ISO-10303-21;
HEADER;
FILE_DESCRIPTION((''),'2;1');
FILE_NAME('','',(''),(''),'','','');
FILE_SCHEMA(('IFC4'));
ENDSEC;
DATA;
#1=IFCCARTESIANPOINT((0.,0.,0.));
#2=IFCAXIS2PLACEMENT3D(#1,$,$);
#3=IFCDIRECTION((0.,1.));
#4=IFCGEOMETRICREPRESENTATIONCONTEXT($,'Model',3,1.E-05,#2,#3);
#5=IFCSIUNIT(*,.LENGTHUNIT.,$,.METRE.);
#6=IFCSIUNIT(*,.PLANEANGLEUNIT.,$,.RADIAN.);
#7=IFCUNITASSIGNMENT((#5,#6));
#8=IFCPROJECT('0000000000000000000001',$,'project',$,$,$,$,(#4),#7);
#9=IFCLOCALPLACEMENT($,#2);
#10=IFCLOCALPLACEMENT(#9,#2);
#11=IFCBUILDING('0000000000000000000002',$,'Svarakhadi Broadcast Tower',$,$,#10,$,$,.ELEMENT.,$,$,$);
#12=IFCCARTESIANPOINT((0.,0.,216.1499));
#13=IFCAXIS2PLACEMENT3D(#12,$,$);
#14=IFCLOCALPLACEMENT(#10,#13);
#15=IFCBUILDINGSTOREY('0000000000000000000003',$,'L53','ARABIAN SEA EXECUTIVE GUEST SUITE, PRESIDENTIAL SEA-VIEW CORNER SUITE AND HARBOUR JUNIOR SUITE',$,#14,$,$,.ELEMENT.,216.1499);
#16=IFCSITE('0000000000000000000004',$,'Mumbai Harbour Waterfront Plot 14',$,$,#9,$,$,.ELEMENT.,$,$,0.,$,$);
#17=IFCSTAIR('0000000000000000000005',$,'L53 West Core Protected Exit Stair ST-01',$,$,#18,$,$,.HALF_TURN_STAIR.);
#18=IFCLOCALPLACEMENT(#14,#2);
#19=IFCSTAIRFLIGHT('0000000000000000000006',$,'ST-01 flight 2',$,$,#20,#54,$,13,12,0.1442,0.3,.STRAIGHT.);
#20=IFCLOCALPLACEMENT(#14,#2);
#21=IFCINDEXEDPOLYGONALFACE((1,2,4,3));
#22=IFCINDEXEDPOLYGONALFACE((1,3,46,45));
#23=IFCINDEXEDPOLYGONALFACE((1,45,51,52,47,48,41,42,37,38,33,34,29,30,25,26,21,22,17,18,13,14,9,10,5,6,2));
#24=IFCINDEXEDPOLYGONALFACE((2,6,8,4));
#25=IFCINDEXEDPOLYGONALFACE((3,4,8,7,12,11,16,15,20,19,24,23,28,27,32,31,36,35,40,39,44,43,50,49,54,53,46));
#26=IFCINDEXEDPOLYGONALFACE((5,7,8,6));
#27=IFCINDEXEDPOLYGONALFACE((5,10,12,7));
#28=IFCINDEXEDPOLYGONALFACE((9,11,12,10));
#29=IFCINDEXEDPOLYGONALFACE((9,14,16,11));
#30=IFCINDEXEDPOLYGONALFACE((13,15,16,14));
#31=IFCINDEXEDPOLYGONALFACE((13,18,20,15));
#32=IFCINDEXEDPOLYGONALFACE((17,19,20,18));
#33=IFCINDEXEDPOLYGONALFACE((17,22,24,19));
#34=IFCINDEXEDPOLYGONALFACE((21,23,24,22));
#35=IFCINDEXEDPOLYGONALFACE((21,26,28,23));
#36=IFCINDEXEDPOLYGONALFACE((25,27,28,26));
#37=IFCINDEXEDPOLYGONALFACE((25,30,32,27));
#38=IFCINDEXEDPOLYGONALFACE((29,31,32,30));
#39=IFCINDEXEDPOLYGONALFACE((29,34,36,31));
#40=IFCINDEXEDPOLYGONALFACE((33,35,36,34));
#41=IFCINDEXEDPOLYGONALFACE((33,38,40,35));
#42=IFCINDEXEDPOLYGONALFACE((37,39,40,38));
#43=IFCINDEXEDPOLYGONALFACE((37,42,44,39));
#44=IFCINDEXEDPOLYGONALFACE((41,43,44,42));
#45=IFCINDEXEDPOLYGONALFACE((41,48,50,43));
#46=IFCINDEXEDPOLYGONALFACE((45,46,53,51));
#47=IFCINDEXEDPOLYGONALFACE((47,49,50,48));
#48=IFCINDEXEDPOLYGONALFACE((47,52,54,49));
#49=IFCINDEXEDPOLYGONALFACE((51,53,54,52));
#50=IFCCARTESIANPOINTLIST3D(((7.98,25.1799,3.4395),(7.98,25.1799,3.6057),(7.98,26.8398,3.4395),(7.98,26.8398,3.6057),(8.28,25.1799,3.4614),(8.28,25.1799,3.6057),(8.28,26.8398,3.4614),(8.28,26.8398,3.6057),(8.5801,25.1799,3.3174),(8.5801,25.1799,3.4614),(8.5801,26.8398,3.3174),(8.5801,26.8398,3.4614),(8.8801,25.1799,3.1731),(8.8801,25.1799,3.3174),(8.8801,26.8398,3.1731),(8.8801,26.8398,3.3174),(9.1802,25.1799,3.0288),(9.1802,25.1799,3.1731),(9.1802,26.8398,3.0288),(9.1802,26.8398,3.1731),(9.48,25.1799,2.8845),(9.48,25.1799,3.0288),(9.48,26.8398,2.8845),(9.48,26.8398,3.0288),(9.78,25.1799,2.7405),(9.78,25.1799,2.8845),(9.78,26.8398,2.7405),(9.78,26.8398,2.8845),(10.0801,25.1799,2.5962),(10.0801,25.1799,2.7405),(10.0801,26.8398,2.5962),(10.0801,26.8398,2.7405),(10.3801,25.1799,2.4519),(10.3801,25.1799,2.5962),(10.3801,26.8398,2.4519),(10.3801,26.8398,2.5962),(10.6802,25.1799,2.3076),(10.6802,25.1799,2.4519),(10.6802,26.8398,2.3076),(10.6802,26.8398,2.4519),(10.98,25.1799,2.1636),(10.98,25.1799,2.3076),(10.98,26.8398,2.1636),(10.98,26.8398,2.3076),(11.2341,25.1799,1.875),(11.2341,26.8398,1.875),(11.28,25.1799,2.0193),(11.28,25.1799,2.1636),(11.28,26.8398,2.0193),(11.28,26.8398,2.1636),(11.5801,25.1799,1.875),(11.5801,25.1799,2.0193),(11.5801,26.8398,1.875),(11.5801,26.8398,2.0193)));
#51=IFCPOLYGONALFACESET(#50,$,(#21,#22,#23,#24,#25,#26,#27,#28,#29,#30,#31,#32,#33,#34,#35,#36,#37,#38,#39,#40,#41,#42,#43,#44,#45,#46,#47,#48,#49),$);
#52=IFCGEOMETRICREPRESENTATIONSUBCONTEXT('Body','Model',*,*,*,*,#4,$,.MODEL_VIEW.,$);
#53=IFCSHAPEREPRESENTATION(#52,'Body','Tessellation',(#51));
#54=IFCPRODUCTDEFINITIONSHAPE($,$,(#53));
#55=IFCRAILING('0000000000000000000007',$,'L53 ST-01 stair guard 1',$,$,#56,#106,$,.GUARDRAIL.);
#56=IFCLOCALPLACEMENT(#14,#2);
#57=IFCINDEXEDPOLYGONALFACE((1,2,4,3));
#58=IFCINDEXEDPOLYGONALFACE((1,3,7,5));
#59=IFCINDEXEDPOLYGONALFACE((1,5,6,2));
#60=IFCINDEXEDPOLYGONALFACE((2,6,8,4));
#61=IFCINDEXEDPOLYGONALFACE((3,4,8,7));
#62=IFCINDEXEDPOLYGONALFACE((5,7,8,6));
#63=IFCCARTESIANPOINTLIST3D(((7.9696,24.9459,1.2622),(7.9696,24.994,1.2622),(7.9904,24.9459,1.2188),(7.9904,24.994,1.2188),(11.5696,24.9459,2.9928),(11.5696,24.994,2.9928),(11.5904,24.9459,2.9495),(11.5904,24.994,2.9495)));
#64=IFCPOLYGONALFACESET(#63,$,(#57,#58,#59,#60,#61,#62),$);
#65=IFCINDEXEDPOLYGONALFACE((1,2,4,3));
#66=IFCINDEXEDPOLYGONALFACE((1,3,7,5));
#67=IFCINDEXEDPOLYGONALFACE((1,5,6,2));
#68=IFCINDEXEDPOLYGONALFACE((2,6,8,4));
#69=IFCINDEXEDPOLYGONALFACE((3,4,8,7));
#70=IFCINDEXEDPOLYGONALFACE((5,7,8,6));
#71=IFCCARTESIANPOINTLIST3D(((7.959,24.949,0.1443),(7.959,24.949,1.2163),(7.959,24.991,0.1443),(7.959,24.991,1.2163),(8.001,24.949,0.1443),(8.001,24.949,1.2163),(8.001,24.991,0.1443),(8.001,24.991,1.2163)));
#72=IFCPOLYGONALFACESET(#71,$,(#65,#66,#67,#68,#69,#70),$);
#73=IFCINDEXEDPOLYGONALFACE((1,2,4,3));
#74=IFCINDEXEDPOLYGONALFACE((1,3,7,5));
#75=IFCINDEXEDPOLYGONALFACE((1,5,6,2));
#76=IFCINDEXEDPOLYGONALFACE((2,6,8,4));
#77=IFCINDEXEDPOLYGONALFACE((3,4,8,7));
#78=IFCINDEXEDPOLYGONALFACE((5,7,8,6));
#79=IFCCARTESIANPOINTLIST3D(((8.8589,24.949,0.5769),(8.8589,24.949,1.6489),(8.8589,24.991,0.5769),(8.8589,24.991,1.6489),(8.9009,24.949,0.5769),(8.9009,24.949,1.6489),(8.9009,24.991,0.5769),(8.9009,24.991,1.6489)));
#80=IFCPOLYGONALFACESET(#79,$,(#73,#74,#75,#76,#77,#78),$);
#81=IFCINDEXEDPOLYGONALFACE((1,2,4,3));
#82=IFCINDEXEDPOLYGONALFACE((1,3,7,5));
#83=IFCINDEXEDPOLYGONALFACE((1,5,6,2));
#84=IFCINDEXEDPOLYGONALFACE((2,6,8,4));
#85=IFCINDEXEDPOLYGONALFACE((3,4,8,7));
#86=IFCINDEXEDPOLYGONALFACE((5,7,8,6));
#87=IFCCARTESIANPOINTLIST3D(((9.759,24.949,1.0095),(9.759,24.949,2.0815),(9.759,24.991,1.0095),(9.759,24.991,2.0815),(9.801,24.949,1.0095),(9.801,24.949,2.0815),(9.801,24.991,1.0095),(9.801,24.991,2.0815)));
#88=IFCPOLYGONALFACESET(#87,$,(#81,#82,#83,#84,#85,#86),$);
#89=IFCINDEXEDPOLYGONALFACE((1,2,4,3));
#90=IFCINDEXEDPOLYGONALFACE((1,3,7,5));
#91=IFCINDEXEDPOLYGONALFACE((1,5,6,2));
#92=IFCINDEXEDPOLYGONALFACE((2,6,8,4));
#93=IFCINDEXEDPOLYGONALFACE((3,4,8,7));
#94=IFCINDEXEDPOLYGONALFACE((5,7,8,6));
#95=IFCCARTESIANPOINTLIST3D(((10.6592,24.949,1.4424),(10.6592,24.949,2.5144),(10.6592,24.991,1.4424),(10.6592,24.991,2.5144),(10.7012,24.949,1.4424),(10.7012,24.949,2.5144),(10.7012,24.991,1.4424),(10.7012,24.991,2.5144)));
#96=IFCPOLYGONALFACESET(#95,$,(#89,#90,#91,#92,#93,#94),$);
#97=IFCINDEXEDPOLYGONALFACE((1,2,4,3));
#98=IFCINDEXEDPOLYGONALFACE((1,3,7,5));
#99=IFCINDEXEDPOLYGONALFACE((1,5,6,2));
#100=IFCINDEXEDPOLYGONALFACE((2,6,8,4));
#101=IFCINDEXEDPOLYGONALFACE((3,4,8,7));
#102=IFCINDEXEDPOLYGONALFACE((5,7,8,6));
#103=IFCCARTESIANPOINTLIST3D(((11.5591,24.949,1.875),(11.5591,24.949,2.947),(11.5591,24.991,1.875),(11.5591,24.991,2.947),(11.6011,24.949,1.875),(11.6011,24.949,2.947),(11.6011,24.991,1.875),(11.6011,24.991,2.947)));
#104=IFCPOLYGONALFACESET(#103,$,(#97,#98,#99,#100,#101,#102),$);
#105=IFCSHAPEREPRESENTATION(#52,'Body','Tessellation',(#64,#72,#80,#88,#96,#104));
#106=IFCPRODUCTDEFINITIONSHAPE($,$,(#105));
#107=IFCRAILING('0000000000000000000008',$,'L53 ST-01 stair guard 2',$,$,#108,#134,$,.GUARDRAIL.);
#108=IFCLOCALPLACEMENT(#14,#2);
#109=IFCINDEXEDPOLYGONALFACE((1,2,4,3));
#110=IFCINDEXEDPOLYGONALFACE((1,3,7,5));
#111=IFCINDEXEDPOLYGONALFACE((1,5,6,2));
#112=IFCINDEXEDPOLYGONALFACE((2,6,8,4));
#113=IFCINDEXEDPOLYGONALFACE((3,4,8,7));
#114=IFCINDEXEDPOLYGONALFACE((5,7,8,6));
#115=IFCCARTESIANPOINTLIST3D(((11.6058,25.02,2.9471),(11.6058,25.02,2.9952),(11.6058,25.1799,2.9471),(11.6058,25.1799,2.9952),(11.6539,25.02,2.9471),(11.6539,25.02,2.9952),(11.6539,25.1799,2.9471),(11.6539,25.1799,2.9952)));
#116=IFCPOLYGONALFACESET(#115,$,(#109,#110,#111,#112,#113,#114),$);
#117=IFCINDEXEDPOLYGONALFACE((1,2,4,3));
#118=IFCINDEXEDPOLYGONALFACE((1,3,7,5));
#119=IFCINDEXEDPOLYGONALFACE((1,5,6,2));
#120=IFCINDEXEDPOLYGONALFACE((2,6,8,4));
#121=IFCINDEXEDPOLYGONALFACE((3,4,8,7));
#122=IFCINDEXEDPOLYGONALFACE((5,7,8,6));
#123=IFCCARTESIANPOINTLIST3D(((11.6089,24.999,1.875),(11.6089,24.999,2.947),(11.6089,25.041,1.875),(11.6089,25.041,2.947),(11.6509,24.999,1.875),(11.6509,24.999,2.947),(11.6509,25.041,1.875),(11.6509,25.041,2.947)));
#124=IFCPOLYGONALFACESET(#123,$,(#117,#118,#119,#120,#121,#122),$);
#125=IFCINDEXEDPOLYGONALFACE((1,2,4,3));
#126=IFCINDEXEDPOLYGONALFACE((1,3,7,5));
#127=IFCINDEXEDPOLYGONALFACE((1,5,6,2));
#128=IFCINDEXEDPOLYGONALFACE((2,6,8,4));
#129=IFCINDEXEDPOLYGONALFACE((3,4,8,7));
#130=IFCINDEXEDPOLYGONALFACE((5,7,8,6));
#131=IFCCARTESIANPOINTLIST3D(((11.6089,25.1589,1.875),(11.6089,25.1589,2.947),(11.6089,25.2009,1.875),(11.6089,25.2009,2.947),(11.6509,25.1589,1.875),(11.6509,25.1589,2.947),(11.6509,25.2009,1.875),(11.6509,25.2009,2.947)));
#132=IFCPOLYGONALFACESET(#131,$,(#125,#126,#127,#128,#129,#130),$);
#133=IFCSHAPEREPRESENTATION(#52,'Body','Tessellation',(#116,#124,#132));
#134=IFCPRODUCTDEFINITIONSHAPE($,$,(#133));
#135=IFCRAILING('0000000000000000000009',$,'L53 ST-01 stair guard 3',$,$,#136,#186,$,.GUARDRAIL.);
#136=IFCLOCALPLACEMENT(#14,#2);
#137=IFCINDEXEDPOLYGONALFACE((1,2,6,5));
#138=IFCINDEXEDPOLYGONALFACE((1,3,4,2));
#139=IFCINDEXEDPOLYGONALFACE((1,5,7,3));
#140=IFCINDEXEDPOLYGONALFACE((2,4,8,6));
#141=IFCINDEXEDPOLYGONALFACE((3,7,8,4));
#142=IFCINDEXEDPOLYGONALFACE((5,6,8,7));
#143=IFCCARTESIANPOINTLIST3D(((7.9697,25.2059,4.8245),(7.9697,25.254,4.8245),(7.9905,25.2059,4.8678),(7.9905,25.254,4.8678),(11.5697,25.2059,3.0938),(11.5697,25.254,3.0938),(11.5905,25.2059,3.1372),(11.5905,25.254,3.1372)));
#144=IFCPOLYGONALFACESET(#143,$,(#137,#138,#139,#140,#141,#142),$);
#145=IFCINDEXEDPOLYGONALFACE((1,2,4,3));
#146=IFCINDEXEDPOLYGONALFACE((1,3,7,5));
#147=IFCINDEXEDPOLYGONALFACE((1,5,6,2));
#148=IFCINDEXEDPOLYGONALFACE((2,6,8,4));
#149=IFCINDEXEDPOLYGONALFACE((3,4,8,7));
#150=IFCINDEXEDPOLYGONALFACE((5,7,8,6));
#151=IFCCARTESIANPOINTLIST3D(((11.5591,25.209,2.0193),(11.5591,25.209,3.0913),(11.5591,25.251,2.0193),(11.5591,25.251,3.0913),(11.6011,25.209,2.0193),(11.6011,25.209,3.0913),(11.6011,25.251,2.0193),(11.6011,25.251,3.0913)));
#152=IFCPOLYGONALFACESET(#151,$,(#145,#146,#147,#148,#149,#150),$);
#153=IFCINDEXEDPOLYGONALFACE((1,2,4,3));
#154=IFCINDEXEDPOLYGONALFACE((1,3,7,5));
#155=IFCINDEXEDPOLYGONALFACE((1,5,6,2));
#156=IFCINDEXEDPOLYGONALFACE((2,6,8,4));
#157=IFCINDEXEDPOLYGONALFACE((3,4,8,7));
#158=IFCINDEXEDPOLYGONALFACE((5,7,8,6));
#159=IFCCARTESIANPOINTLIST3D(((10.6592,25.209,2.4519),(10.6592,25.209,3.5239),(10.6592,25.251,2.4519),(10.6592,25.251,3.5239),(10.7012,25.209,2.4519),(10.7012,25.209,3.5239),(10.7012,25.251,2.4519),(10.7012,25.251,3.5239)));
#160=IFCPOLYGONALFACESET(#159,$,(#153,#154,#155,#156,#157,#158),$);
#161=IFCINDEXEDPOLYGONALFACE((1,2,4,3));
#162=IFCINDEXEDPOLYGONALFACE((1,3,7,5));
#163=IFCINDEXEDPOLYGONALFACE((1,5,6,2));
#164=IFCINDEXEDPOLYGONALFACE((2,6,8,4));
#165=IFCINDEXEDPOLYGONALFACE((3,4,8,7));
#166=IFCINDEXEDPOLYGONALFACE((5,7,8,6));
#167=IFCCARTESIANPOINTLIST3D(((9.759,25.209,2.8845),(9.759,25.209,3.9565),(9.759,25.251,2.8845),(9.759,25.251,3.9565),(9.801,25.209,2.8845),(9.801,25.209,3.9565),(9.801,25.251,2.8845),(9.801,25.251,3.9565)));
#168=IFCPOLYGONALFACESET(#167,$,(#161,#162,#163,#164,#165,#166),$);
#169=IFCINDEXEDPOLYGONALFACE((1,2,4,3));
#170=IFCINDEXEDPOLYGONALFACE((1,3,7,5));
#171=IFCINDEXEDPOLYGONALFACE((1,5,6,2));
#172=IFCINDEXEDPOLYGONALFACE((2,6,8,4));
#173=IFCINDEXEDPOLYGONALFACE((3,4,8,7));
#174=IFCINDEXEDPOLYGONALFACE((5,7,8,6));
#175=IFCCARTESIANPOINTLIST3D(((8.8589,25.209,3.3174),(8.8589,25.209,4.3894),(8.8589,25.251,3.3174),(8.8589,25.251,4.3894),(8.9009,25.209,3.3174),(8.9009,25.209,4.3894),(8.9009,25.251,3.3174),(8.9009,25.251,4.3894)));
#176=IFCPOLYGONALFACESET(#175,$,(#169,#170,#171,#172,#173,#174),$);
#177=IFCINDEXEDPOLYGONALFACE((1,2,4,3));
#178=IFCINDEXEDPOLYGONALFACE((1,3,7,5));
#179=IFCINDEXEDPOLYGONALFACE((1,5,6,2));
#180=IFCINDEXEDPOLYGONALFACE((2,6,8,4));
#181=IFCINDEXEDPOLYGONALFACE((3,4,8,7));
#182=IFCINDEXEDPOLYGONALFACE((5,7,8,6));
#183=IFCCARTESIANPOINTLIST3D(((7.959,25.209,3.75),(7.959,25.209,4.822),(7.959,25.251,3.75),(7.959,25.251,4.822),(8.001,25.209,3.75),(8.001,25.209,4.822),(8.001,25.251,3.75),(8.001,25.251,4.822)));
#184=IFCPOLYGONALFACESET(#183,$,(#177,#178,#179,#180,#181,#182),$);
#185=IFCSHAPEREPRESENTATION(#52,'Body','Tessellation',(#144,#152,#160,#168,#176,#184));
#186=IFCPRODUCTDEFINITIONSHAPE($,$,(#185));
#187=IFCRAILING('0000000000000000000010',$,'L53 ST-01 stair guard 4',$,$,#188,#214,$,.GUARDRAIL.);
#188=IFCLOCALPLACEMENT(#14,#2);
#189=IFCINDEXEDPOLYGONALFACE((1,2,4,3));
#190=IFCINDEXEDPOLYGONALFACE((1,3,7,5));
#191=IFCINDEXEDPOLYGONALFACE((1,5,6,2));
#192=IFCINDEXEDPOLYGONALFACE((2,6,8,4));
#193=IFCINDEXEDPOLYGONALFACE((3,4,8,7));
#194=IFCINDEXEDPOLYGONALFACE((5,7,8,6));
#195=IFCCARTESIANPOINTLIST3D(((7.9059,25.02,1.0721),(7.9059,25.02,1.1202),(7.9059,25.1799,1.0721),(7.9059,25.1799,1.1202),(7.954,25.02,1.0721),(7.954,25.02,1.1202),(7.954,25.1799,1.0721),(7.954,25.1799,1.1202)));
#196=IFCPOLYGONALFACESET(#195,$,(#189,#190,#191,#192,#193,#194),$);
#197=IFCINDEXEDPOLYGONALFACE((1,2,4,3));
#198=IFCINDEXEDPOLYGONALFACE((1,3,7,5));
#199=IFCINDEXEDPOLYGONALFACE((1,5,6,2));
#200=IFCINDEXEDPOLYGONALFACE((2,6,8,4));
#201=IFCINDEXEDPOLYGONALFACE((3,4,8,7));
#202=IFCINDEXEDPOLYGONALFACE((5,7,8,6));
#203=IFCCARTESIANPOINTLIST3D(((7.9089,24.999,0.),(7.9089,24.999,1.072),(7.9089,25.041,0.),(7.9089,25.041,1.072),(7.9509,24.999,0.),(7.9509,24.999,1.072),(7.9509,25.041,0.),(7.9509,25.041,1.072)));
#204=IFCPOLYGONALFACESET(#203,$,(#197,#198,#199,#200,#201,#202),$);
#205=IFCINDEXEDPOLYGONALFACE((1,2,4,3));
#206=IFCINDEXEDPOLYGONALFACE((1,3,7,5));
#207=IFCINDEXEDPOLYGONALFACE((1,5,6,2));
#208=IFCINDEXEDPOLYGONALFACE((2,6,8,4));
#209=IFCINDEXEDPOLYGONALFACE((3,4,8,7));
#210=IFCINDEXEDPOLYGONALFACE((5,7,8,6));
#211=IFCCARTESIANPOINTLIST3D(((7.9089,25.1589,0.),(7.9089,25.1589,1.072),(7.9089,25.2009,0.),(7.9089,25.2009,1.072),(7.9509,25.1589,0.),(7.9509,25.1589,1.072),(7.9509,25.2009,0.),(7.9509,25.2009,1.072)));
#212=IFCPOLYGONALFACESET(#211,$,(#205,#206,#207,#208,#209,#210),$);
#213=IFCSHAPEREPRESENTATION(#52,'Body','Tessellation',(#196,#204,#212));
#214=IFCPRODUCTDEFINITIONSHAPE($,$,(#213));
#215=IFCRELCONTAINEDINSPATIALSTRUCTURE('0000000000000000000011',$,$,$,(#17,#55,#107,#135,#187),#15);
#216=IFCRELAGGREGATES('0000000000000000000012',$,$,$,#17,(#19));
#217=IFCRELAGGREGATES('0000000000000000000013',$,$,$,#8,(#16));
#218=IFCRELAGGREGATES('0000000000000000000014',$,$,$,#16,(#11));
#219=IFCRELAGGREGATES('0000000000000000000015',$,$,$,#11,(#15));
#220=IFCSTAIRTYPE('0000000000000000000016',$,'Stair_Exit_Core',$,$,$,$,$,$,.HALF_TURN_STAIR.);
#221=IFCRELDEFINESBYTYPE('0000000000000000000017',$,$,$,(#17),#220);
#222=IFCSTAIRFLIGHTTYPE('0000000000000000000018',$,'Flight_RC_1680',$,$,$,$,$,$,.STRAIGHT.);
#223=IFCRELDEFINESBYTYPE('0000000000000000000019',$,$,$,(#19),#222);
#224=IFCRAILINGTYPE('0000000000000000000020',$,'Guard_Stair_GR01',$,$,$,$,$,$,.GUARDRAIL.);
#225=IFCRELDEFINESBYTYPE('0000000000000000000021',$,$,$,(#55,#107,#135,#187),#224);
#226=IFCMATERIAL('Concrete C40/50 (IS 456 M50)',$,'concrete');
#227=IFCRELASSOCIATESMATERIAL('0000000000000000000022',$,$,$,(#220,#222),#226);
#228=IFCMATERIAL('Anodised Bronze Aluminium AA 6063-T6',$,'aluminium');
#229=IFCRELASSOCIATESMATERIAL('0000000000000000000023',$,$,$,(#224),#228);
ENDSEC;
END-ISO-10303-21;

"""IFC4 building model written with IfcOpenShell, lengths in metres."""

from ifc_helpers import new_model, si_unit, direction, frame, origin, origin_2d, place, context, subcontext, project, spatial, polyline, rectangle, outline, extrude, material, type_object, element, aggregate, save


model = new_model("IFC4")

# Units and contexts
model_context = context("Model", 3, precision=1e-05, world=origin(), true_north=direction((0.0, 1.0)))
body_context = subcontext(model_context, "Body", "Model", "MODEL_VIEW")
ifc_project = project(units=[si_unit("LENGTHUNIT", "METRE"), si_unit("PLANEANGLEUNIT", "RADIAN")], contexts=[model_context])

# Site, building, storey
site_placement = place(None, origin())
site = spatial("IfcSite", under=ifc_project, at=site_placement, Name="Mumbai Harbour Waterfront Plot 14", CompositionType="ELEMENT", RefElevation=0.0)
building_placement = place(site_placement, origin())
building = spatial("IfcBuilding", under=site, at=building_placement, Name="Svarakhadi Broadcast Tower", CompositionType="ELEMENT")
storey_placement = place(building_placement, frame((0.0, 0.0, 216.1499)))
storey = spatial("IfcBuildingStorey", under=building, at=storey_placement, Name="L53", Description="ARABIAN SEA EXECUTIVE GUEST SUITE, PRESIDENTIAL SEA-VIEW CORNER SUITE AND HARBOUR JUNIOR SUITE", CompositionType="ELEMENT", Elevation=216.1499)

# Shared definitions
ifc_material_1 = material(Name="Concrete C40/50 (IS 456 M50)", Category="concrete")

# Stair, stair flight
stair_type = type_object("IfcStairType", Name="Stair_Exit_Core", PredefinedType="HALF_TURN_STAIR", material=ifc_material_1)
stair_placement = place(storey_placement, origin())
stair = element("IfcStair", 1, at=stair_placement, inside=storey, type_object=stair_type, Name="L53 West Core Protected Exit Stair ST-01", PredefinedType="HALF_TURN_STAIR")
stair_flight_type = type_object("IfcStairFlightType", Name="Flight_RC_1680", PredefinedType="STRAIGHT", material=ifc_material_1)
stair_flight_1_placement = place(storey_placement, frame((11.5801, 26.01, 1.875), z_axis=(0.0, 0.0, 1.0), x_axis=(-1.0, 0.0, 0.0)))
stair_flight_1 = element("IfcStairFlight", 2, at=stair_flight_1_placement, type_object=stair_flight_type, Name="ST-01 flight 2", NumberOfRisers=13, NumberOfTreads=12, PredefinedType="STRAIGHT", RiserHeight=0.1442, TreadLength=0.3, context=body_context, shape_type="SweptSolid", body=[
    extrude(outline(polyline([(0.0, 0.0), (0.0, 0.1443), (0.3, 0.1443), (0.3, 0.2886), (0.6001, 0.2886), (0.6001, 0.4326), (0.8999, 0.4326), (0.8999, 0.5769), (1.2, 0.5769), (1.2, 0.7212), (1.5, 0.7212), (1.5, 0.8655), (1.8, 0.8655), (1.8, 1.0095), (2.1001, 1.0095), (2.1001, 1.1538), (2.3999, 1.1538), (2.3999, 1.2981), (2.7, 1.2981), (2.7, 1.4424), (3.0, 1.4424), (3.0, 1.5864), (3.3, 1.5864), (3.3, 1.7307), (3.6001, 1.7307), (3.6001, 1.875), (3.6001, 1.5645), (0.3459, 0.0), (0.0, 0.0)])), frame((0.0, 0.8301, 0.0), z_axis=(0.0, -1.0, 0.0), x_axis=(1.0, 0.0, 0.0)), (0.0, 0.0, 1.0), 1.6599),
])
aggregate(stair, [stair_flight_1])

# Railings
ifc_material_2 = material(Name="Anodised Bronze Aluminium AA 6063-T6", Category="aluminium")
railing_type_1 = type_object("IfcRailingType", Name="Guard_Stair_GR01", PredefinedType="GUARDRAIL", material=ifc_material_2)
railing_1_placement = place(storey_placement, frame((7.98, 24.97, 0.1443)))
element("IfcRailing", 3, at=railing_1_placement, inside=storey, type_object=railing_type_1, Name="L53 ST-01 stair guard 1", PredefinedType="GUARDRAIL", context=body_context, shape_type="SweptSolid", body=[
    extrude(rectangle(XDim=0.0481, YDim=0.0481, at=origin_2d()), frame((0.0, 0.0, 1.0962), z_axis=(0.901263, 0.0, 0.433273), x_axis=(0.0, 1.0, 0.0)), (0.0, 0.0, 1.0), 3.9944),
    extrude(rectangle(XDim=0.042, YDim=0.042, at=origin_2d()), origin(), (0.0, 0.0, 1.0), 1.072),
    extrude(rectangle(XDim=0.042, YDim=0.042, at=origin_2d()), frame((0.8999, 0.0, 0.4326)), (0.0, 0.0, 1.0), 1.072),
    extrude(rectangle(XDim=0.042, YDim=0.042, at=origin_2d()), frame((1.8, 0.0, 0.8652)), (0.0, 0.0, 1.0), 1.072),
    extrude(rectangle(XDim=0.042, YDim=0.042, at=origin_2d()), frame((2.7002, 0.0, 1.2981)), (0.0, 0.0, 1.0), 1.072),
    extrude(rectangle(XDim=0.042, YDim=0.042, at=origin_2d()), frame((3.6001, 0.0, 1.7307)), (0.0, 0.0, 1.0), 1.072),
])
railing_2_placement = place(storey_placement, frame((11.6299, 25.02, 1.875)))
element("IfcRailing", 4, at=railing_2_placement, inside=storey, type_object=railing_type_1, Name="L53 ST-01 stair guard 2", PredefinedType="GUARDRAIL", context=body_context, shape_type="SweptSolid", body=[
    extrude(rectangle(XDim=0.0481, YDim=0.0481, at=origin_2d()), frame((0.0, 0.0, 1.0962), z_axis=(0.0, 1.0, 0.0), x_axis=(-1.0, 0.0, 0.0)), (0.0, 0.0, 1.0), 0.1599),
    extrude(rectangle(XDim=0.042, YDim=0.042, at=origin_2d()), origin(), (0.0, 0.0, 1.0), 1.072),
    extrude(rectangle(XDim=0.042, YDim=0.042, at=origin_2d()), frame((0.0, 0.1599, 0.0)), (0.0, 0.0, 1.0), 1.072),
])
railing_3_placement = place(storey_placement, frame((11.5801, 25.23, 2.0193)))
element("IfcRailing", 5, at=railing_3_placement, inside=storey, type_object=railing_type_1, Name="L53 ST-01 stair guard 3", PredefinedType="GUARDRAIL", context=body_context, shape_type="SweptSolid", body=[
    extrude(rectangle(XDim=0.0481, YDim=0.0481, at=origin_2d()), frame((0.0, 0.0, 1.0962), z_axis=(-0.901263, 0.0, 0.433273), x_axis=(0.0, -1.0, 0.0)), (0.0, 0.0, 1.0), 3.9944),
    extrude(rectangle(XDim=0.042, YDim=0.042, at=origin_2d()), origin(), (0.0, 0.0, 1.0), 1.072),
    extrude(rectangle(XDim=0.042, YDim=0.042, at=origin_2d()), frame((-0.8999, 0.0, 0.4326)), (0.0, 0.0, 1.0), 1.072),
    extrude(rectangle(XDim=0.042, YDim=0.042, at=origin_2d()), frame((-1.8, 0.0, 0.8652)), (0.0, 0.0, 1.0), 1.072),
    extrude(rectangle(XDim=0.042, YDim=0.042, at=origin_2d()), frame((-2.7002, 0.0, 1.2981)), (0.0, 0.0, 1.0), 1.072),
    extrude(rectangle(XDim=0.042, YDim=0.042, at=origin_2d()), frame((-3.6001, 0.0, 1.7307)), (0.0, 0.0, 1.0), 1.072),
])
railing_4_placement = place(storey_placement, frame((7.9299, 25.02, 0.0)))
element("IfcRailing", 6, at=railing_4_placement, inside=storey, type_object=railing_type_1, Name="L53 ST-01 stair guard 4", PredefinedType="GUARDRAIL", context=body_context, shape_type="SweptSolid", body=[
    extrude(rectangle(XDim=0.0481, YDim=0.0481, at=origin_2d()), frame((0.0, 0.0, 1.0962), z_axis=(0.0, 1.0, 0.0), x_axis=(-1.0, 0.0, 0.0)), (0.0, 0.0, 1.0), 0.1599),
    extrude(rectangle(XDim=0.042, YDim=0.042, at=origin_2d()), origin(), (0.0, 0.0, 1.0), 1.072),
    extrude(rectangle(XDim=0.042, YDim=0.042, at=origin_2d()), frame((0.0, 0.1599, 0.0)), (0.0, 0.0, 1.0), 1.072),
])

save(model, "model.ifc")
